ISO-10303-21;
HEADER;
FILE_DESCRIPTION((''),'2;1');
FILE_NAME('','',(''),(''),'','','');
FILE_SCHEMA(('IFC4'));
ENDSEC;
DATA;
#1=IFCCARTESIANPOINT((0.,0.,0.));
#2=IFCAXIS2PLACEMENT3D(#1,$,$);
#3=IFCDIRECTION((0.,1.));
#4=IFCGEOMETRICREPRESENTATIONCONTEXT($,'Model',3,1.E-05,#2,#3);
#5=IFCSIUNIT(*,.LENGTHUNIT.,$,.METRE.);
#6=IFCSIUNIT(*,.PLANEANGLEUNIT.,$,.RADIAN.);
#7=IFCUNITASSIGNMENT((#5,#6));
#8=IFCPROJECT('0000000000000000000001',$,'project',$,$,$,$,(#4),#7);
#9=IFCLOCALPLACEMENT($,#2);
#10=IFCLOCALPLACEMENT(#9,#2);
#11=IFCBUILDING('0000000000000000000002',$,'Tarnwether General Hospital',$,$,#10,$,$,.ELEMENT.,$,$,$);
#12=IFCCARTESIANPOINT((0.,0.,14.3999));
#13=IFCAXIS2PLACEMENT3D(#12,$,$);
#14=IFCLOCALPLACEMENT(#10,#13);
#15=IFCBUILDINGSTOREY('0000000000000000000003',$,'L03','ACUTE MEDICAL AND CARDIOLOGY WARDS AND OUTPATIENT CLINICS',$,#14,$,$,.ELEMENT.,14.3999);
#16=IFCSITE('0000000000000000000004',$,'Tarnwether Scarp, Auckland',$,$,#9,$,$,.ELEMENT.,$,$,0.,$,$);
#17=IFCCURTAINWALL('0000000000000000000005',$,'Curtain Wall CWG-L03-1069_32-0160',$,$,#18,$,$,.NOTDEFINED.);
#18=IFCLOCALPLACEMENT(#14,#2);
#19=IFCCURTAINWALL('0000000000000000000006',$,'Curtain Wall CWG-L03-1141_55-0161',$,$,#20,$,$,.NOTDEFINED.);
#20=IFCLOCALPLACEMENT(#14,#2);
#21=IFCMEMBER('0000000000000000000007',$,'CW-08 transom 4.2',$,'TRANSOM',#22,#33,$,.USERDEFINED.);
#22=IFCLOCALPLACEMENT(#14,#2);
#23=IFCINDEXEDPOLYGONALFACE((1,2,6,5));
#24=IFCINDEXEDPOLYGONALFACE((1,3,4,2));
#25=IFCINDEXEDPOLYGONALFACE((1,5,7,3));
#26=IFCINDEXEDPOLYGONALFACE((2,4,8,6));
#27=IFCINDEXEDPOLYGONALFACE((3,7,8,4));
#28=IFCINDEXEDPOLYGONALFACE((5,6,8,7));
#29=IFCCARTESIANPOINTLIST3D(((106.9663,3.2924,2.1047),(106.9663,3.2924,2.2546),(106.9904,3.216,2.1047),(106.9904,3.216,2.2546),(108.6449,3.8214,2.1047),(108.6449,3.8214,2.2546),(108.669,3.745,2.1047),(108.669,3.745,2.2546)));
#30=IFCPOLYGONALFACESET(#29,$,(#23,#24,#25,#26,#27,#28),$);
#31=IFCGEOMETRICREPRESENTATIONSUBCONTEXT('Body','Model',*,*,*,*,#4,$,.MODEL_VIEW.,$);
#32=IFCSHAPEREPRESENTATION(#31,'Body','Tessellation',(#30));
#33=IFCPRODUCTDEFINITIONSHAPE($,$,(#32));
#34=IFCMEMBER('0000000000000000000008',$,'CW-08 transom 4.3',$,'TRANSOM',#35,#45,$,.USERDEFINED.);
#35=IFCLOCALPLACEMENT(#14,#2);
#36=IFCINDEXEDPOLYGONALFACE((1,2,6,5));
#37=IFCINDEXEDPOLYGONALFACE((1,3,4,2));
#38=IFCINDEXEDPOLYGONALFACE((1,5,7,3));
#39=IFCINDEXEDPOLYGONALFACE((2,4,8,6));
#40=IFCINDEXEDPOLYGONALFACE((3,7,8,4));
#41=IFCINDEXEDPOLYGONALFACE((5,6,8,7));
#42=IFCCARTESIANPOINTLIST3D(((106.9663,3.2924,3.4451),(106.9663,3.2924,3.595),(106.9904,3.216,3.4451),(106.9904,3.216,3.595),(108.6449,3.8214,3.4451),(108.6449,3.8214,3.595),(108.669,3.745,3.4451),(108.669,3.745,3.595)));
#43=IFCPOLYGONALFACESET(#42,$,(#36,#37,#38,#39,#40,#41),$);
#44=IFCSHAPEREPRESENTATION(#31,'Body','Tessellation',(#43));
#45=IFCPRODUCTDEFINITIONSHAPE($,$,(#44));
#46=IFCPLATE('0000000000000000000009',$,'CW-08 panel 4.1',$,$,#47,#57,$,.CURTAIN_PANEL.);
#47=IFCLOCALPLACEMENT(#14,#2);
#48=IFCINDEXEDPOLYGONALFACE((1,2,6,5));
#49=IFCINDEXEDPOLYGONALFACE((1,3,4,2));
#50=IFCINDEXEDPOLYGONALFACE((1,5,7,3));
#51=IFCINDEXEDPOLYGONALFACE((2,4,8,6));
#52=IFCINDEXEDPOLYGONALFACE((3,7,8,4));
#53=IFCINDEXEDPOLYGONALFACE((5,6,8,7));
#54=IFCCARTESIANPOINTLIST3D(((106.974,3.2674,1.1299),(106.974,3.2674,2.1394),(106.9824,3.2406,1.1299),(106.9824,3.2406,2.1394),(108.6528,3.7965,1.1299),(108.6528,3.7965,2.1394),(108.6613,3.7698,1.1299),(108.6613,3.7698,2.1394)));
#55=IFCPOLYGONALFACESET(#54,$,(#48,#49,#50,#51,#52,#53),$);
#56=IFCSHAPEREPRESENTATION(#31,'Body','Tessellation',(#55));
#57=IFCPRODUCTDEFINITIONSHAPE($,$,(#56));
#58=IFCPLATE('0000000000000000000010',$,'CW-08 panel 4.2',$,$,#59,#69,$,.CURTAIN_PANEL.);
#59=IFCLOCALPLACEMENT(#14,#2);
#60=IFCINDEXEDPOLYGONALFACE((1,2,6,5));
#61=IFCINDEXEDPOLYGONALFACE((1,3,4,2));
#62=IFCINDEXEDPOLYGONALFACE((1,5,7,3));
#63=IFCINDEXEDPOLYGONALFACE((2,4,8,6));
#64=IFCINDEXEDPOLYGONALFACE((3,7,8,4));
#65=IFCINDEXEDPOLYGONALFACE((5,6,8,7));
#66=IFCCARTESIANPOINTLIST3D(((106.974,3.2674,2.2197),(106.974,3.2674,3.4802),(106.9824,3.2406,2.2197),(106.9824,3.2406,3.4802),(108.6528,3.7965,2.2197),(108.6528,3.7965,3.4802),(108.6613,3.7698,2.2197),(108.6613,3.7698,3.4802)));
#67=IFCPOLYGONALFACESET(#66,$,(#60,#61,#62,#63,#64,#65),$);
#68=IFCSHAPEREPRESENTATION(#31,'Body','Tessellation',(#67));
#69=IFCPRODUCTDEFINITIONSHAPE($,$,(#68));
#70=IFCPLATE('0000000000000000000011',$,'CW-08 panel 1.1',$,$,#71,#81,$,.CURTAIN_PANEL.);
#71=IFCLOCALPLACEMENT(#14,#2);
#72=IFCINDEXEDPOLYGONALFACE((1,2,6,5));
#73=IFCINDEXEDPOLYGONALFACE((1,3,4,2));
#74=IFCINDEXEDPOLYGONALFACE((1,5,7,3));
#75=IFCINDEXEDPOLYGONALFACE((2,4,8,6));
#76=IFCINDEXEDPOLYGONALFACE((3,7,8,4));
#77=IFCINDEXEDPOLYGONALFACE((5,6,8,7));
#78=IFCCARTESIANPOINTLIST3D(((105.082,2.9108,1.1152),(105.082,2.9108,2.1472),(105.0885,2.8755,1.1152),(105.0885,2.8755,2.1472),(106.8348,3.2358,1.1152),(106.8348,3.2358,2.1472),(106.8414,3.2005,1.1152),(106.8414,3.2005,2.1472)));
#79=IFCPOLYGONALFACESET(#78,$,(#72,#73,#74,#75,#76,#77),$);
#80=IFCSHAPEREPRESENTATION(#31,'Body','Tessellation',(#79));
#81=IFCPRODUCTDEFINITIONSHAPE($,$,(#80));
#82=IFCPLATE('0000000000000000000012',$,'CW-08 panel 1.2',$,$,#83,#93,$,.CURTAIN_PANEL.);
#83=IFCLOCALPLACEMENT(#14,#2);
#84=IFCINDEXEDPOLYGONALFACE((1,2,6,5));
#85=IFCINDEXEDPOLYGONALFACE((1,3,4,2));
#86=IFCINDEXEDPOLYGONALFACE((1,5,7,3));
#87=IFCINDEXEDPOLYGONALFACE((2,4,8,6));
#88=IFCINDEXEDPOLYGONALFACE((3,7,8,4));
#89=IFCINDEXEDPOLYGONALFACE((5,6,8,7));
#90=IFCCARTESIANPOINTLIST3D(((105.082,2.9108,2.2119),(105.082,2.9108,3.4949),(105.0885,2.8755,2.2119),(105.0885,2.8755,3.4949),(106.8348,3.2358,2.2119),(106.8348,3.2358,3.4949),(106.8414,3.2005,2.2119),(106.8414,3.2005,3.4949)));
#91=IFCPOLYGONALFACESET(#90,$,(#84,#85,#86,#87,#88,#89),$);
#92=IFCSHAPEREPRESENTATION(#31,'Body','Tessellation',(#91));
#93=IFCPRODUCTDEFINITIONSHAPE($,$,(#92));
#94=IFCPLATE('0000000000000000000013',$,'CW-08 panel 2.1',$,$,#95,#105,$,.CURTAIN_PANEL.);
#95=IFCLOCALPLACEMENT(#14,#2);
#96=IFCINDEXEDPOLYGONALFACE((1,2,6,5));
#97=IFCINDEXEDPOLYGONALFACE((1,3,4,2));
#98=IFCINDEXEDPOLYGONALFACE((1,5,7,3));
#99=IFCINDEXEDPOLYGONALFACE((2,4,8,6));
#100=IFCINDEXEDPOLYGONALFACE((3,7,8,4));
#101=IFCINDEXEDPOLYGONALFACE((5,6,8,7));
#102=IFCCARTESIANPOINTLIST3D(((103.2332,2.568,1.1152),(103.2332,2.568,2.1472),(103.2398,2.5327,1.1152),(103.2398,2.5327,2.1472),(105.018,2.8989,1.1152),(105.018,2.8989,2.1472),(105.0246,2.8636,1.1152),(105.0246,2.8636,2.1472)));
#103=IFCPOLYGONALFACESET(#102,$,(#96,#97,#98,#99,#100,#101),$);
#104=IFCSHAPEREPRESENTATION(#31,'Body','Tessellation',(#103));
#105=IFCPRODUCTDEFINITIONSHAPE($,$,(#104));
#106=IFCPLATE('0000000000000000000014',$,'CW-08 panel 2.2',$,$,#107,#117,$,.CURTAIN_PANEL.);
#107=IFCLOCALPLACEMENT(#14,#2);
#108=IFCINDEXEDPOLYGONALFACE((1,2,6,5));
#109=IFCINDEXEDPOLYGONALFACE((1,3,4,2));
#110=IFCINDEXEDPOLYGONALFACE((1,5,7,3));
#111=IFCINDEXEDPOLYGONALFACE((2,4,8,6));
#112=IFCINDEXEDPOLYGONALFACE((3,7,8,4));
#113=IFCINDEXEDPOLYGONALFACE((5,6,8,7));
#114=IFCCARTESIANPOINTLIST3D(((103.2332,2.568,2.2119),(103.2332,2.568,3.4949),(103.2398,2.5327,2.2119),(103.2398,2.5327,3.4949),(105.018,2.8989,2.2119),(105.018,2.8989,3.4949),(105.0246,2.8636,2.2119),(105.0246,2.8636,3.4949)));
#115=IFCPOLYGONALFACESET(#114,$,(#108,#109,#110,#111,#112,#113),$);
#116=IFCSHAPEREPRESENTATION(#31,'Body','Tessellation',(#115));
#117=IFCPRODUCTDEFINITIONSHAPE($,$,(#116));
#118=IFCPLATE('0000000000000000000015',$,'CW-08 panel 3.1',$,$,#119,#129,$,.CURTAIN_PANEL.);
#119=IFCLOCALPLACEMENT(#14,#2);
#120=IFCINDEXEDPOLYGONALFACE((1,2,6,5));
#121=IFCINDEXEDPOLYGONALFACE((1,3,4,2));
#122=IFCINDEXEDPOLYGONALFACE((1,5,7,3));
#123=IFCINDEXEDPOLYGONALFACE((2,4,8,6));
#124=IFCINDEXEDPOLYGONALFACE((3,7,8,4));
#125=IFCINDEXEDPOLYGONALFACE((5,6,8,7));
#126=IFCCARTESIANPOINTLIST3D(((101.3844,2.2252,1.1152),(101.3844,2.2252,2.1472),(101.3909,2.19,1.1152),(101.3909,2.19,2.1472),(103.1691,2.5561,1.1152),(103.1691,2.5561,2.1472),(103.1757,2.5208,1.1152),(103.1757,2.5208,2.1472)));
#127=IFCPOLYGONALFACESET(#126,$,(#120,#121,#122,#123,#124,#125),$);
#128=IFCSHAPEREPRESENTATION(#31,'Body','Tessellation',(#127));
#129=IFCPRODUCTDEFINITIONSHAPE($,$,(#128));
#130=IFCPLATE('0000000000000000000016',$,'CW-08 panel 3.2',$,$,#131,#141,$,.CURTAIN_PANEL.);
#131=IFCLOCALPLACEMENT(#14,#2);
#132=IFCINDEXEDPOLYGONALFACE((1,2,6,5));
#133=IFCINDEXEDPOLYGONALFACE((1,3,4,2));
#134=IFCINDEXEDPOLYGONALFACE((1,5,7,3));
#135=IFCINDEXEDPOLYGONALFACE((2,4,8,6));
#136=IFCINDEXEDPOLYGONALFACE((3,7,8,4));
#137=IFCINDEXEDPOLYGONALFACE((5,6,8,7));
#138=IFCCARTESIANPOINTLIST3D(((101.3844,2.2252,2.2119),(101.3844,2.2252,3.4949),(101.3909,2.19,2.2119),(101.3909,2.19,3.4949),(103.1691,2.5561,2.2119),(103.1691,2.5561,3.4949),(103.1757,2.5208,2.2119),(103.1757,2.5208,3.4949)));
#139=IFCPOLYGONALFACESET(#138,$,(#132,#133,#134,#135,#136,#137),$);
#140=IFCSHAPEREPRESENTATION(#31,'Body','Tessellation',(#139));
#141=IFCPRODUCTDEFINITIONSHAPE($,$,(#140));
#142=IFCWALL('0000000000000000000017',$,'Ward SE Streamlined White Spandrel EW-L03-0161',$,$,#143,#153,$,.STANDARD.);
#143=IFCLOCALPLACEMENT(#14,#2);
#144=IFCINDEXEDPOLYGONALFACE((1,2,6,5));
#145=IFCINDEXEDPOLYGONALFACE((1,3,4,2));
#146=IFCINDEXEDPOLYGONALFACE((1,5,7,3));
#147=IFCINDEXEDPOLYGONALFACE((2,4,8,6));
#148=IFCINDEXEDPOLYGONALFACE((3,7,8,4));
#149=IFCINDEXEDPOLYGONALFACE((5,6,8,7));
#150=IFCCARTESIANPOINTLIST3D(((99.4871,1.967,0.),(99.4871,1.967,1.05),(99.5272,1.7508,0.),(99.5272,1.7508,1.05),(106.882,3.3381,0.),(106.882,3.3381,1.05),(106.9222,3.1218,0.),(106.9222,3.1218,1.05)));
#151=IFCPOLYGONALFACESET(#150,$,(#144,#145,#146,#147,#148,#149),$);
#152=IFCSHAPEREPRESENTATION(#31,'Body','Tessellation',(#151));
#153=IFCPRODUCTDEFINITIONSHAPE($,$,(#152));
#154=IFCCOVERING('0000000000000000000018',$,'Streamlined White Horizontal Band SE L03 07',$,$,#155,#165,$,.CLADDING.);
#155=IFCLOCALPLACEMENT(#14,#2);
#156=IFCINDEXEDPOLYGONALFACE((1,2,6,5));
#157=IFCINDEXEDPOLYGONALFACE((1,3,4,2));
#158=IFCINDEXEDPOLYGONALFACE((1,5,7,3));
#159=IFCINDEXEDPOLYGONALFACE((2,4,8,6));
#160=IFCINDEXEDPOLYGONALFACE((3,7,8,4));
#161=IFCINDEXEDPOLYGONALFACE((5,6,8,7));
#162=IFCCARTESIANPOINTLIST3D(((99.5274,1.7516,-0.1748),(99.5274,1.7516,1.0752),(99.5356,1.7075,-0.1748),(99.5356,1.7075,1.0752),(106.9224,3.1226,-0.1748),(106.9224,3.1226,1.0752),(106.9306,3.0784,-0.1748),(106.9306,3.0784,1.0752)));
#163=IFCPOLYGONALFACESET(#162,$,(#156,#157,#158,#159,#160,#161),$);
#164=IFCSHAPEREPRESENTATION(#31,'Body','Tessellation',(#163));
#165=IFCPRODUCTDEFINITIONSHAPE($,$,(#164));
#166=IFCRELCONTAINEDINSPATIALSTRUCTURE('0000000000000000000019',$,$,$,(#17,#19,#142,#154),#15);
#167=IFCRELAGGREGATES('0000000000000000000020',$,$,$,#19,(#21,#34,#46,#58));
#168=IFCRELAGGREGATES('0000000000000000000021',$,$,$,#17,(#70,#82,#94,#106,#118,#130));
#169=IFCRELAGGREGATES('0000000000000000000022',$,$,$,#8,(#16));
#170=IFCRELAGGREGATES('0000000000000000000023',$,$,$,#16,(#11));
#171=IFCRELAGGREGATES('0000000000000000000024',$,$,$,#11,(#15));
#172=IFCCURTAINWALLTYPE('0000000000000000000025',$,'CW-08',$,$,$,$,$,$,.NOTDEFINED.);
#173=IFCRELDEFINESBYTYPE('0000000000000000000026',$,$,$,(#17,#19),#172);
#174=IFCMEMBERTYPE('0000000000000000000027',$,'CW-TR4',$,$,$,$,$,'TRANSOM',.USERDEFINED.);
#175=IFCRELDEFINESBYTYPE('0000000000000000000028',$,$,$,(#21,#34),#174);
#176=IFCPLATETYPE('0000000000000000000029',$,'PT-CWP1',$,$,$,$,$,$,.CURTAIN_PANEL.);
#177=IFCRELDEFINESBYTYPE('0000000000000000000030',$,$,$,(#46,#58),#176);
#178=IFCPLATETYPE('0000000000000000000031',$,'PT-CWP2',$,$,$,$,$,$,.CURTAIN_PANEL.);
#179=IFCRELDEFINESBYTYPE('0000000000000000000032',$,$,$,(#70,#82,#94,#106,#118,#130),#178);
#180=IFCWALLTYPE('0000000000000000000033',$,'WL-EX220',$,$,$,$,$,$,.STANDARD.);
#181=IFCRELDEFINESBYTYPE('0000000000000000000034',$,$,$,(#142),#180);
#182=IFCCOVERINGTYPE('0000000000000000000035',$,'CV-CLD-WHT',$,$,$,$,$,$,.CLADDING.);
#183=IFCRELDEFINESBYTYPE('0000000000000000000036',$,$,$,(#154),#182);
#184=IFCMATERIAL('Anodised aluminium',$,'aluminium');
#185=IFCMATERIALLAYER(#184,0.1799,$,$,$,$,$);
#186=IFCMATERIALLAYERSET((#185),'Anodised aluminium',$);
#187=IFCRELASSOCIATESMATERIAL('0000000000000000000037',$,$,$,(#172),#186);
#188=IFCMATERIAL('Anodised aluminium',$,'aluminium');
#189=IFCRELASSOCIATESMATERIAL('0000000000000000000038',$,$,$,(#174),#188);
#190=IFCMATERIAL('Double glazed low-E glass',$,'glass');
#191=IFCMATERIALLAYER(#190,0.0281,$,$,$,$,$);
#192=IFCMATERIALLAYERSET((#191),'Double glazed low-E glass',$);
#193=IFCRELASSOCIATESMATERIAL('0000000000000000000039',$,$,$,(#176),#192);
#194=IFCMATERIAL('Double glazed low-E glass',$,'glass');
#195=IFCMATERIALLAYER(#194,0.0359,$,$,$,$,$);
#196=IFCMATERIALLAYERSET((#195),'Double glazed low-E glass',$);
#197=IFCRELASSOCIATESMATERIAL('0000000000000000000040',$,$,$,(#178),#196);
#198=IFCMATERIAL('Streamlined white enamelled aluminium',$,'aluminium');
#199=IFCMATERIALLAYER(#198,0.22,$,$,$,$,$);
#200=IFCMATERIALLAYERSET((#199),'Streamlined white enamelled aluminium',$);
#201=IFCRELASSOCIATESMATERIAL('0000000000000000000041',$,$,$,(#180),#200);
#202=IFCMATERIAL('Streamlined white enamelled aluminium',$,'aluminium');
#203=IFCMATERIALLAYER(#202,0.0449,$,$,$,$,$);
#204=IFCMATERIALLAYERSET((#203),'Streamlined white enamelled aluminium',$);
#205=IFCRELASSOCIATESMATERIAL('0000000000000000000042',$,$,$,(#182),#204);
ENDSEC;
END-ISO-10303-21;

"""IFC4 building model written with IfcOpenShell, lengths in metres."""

from ifc_helpers import new_model, si_unit, direction, frame, frame_2d, origin, origin_2d, place, context, subcontext, project, spatial, rectangle, extrude, material, layer, layer_set, material_profile, profile_set, type_object, element, aggregate, save


model = new_model("IFC4")

# Units and contexts
model_context = context("Model", 3, precision=1e-05, world=origin(), true_north=direction((0.0, 1.0)))
body_context = subcontext(model_context, "Body", "Model", "MODEL_VIEW")
ifc_project = project(units=[si_unit("LENGTHUNIT", "METRE"), si_unit("PLANEANGLEUNIT", "RADIAN")], contexts=[model_context])

# Site, building, storey
site_placement = place(None, origin())
site = spatial("IfcSite", under=ifc_project, at=site_placement, Name="Tarnwether Scarp, Auckland", CompositionType="ELEMENT", RefElevation=0.0)
building_placement = place(site_placement, origin())
building = spatial("IfcBuilding", under=site, at=building_placement, Name="Tarnwether General Hospital", CompositionType="ELEMENT")
storey_placement = place(building_placement, frame((0.0, 0.0, 14.3999)))
storey = spatial("IfcBuildingStorey", under=building, at=storey_placement, Name="L03", Description="ACUTE MEDICAL AND CARDIOLOGY WARDS AND OUTPATIENT CLINICS", CompositionType="ELEMENT", Elevation=14.3999)

# Curtain wall
ifc_material_1 = material(Name="Anodised aluminium", Category="aluminium")
ifc_layer_1 = layer(ifc_material_1, 0.1799)
ifc_layer_set_1 = layer_set([ifc_layer_1], Name="Anodised aluminium")
curtain_wall_type = type_object("IfcCurtainWallType", Name="CW-08", PredefinedType="NOTDEFINED", material=ifc_layer_set_1)
curtain_wall_1_placement = place(storey_placement, origin())
curtain_wall_1 = element("IfcCurtainWall", 1, at=curtain_wall_1_placement, inside=storey, type_object=curtain_wall_type, Name="Curtain Wall CWG-L03-1069_32-0160", PredefinedType="NOTDEFINED")

# Curtain wall
curtain_wall_2_placement = place(storey_placement, origin())
curtain_wall_2 = element("IfcCurtainWall", 2, at=curtain_wall_2_placement, inside=storey, type_object=curtain_wall_type, Name="Curtain Wall CWG-L03-1141_55-0161", PredefinedType="NOTDEFINED")

# Members
ifc_material_2 = material(Name="Anodised aluminium", Category="aluminium")
ifc_material_profile_1 = material_profile(ifc_material_2, rectangle(XDim=0.0801, YDim=0.1499, at=origin_2d()), Name="ALU-TRN-80x150")
ifc_profile_set_1 = profile_set([ifc_material_profile_1], Name="Anodised aluminium")
member_type_1 = type_object("IfcMemberType", Name="CW-TR4", ElementType="TRANSOM", PredefinedType="USERDEFINED", material=ifc_profile_set_1)
member_1_placement = place(storey_placement, frame((108.657, 3.7832, 2.1797), z_axis=(-0.953757, -0.30058, 0.0), x_axis=(0.30058, -0.953757, 0.0)))
member_1 = element("IfcMember", 3, at=member_1_placement, type_object=member_type_1, Name="CW-08 transom 4.2", ObjectType="TRANSOM", PredefinedType="USERDEFINED", context=body_context, shape_type="SweptSolid", body=[
    extrude(rectangle(XDim=0.0801, YDim=0.1499, at=origin_2d()), origin(), (0.0, 0.0, 1.0), 1.76),
])
member_2_placement = place(storey_placement, frame((108.657, 3.7832, 3.52), z_axis=(-0.953757, -0.30058, 0.0), x_axis=(0.30058, -0.953757, 0.0)))
member_2 = element("IfcMember", 4, at=member_2_placement, type_object=member_type_1, Name="CW-08 transom 4.3", ObjectType="TRANSOM", PredefinedType="USERDEFINED", context=body_context, shape_type="SweptSolid", body=[
    extrude(rectangle(XDim=0.0801, YDim=0.1499, at=origin_2d()), origin(), (0.0, 0.0, 1.0), 1.76),
])

# Plates
ifc_material_3 = material(Name="Double glazed low-E glass", Category="glass")
ifc_layer_2 = layer(ifc_material_3, 0.0281)
ifc_layer_set_2 = layer_set([ifc_layer_2], Name="Double glazed low-E glass")
plate_type_1 = type_object("IfcPlateType", Name="PT-CWP1", PredefinedType="CURTAIN_PANEL", material=ifc_layer_set_2)
plate_1_placement = place(storey_placement, frame((107.8176, 3.5186, 1.1299), z_axis=(0.0, 0.0, 1.0), x_axis=(-0.953741, -0.300629, 0.0)))
plate_1 = element("IfcPlate", 5, at=plate_1_placement, type_object=plate_type_1, Name="CW-08 panel 4.1", PredefinedType="CURTAIN_PANEL", context=body_context, shape_type="SweptSolid", body=[
    extrude(rectangle(XDim=1.7603, YDim=0.0281, at=origin_2d()), origin(), (0.0, 0.0, 1.0), 1.0095),
])
plate_2_placement = place(storey_placement, frame((107.8176, 3.5186, 2.2197), z_axis=(0.0, 0.0, 1.0), x_axis=(-0.953741, -0.300629, 0.0)))
plate_2 = element("IfcPlate", 6, at=plate_2_placement, type_object=plate_type_1, Name="CW-08 panel 4.2", PredefinedType="CURTAIN_PANEL", context=body_context, shape_type="SweptSolid", body=[
    extrude(rectangle(XDim=1.7603, YDim=0.0281, at=origin_2d()), origin(), (0.0, 0.0, 1.0), 1.2605),
])
aggregate(curtain_wall_2, [member_1, member_2, plate_1, plate_2])
ifc_material_4 = material(Name="Double glazed low-E glass", Category="glass")
ifc_layer_3 = layer(ifc_material_4, 0.0359)
ifc_layer_set_3 = layer_set([ifc_layer_3], Name="Double glazed low-E glass")
plate_type_2 = type_object("IfcPlateType", Name="PT-CWP2", PredefinedType="CURTAIN_PANEL", material=ifc_layer_set_3)
plate_3_placement = place(storey_placement, frame((105.9617, 3.0557, 1.1152), z_axis=(0.0, 0.0, 1.0), x_axis=(-0.983245, -0.182289, 0.0)))
plate_3 = element("IfcPlate", 7, at=plate_3_placement, type_object=plate_type_2, Name="CW-08 panel 1.1", PredefinedType="CURTAIN_PANEL", context=body_context, shape_type="SweptSolid", body=[
    extrude(rectangle(XDim=1.7827, YDim=0.0359, at=origin_2d()), origin(), (0.0, 0.0, 1.0), 1.032),
])
plate_4_placement = place(storey_placement, frame((105.9617, 3.0557, 2.2119), z_axis=(0.0, 0.0, 1.0), x_axis=(-0.983245, -0.182289, 0.0)))
plate_4 = element("IfcPlate", 8, at=plate_4_placement, type_object=plate_type_2, Name="CW-08 panel 1.2", PredefinedType="CURTAIN_PANEL", context=body_context, shape_type="SweptSolid", body=[
    extrude(rectangle(XDim=1.7827, YDim=0.0359, at=origin_2d()), origin(), (0.0, 0.0, 1.0), 1.283),
])
plate_5_placement = place(storey_placement, frame((104.1289, 2.7158, 1.1152), z_axis=(0.0, 0.0, 1.0), x_axis=(-0.983245, -0.182289, 0.0)))
plate_5 = element("IfcPlate", 9, at=plate_5_placement, type_object=plate_type_2, Name="CW-08 panel 2.1", PredefinedType="CURTAIN_PANEL", context=body_context, shape_type="SweptSolid", body=[
    extrude(rectangle(XDim=1.8152, YDim=0.0359, at=origin_2d()), origin(), (0.0, 0.0, 1.0), 1.032),
])
plate_6_placement = place(storey_placement, frame((104.1289, 2.7158, 2.2119), z_axis=(0.0, 0.0, 1.0), x_axis=(-0.983245, -0.182289, 0.0)))
plate_6 = element("IfcPlate", 10, at=plate_6_placement, type_object=plate_type_2, Name="CW-08 panel 2.2", PredefinedType="CURTAIN_PANEL", context=body_context, shape_type="SweptSolid", body=[
    extrude(rectangle(XDim=1.8152, YDim=0.0359, at=origin_2d()), origin(), (0.0, 0.0, 1.0), 1.283),
])
plate_7_placement = place(storey_placement, frame((102.28, 2.373, 1.1152), z_axis=(0.0, 0.0, 1.0), x_axis=(-0.983245, -0.182289, 0.0)))
plate_7 = element("IfcPlate", 11, at=plate_7_placement, type_object=plate_type_2, Name="CW-08 panel 3.1", PredefinedType="CURTAIN_PANEL", context=body_context, shape_type="SweptSolid", body=[
    extrude(rectangle(XDim=1.8152, YDim=0.0359, at=origin_2d()), origin(), (0.0, 0.0, 1.0), 1.032),
])
plate_8_placement = place(storey_placement, frame((102.28, 2.373, 2.2119), z_axis=(0.0, 0.0, 1.0), x_axis=(-0.983245, -0.182289, 0.0)))
plate_8 = element("IfcPlate", 12, at=plate_8_placement, type_object=plate_type_2, Name="CW-08 panel 3.2", PredefinedType="CURTAIN_PANEL", context=body_context, shape_type="SweptSolid", body=[
    extrude(rectangle(XDim=1.8152, YDim=0.0359, at=origin_2d()), origin(), (0.0, 0.0, 1.0), 1.283),
])
aggregate(curtain_wall_1, [plate_3, plate_4, plate_5, plate_6, plate_7, plate_8])

# Wall
ifc_material_5 = material(Name="Streamlined white enamelled aluminium", Category="aluminium")
ifc_layer_4 = layer(ifc_material_5, 0.22)
ifc_layer_set_4 = layer_set([ifc_layer_4], Name="Streamlined white enamelled aluminium")
wall_type = type_object("IfcWallType", Name="WL-EX220", PredefinedType="STANDARD", material=ifc_layer_set_4)
wall_placement = place(storey_placement, frame((106.9021, 3.23, 0.0), z_axis=(0.0, 0.0, 1.0), x_axis=(-0.983243, -0.182301, 0.0)))
element("IfcWall", 13, at=wall_placement, inside=storey, type_object=wall_type, Name="Ward SE Streamlined White Spandrel EW-L03-0161", PredefinedType="STANDARD", context=body_context, shape_type="SweptSolid", body=[
    extrude(rectangle(XDim=7.521, YDim=0.22, at=frame_2d((3.7605, 0.0))), origin(), (0.0, 0.0, 1.0), 1.05),
])

# Covering
ifc_material_6 = material(Name="Streamlined white enamelled aluminium", Category="aluminium")
ifc_layer_5 = layer(ifc_material_6, 0.0449)
ifc_layer_set_5 = layer_set([ifc_layer_5], Name="Streamlined white enamelled aluminium")
covering_type = type_object("IfcCoveringType", Name="CV-CLD-WHT", PredefinedType="CLADDING", material=ifc_layer_set_5)
covering_placement = place(storey_placement, frame((103.229, 2.415, -0.1748), z_axis=(0.0, 0.0, 1.0), x_axis=(-0.983245, -0.182287, 0.0)))
element("IfcCovering", 14, at=covering_placement, inside=storey, type_object=covering_type, Name="Streamlined White Horizontal Band SE L03 07", PredefinedType="CLADDING", context=body_context, shape_type="SweptSolid", body=[
    extrude(rectangle(XDim=7.521, YDim=0.0449, at=origin_2d()), origin(), (0.0, 0.0, 1.0), 1.25),
])

save(model, "model.ifc")
